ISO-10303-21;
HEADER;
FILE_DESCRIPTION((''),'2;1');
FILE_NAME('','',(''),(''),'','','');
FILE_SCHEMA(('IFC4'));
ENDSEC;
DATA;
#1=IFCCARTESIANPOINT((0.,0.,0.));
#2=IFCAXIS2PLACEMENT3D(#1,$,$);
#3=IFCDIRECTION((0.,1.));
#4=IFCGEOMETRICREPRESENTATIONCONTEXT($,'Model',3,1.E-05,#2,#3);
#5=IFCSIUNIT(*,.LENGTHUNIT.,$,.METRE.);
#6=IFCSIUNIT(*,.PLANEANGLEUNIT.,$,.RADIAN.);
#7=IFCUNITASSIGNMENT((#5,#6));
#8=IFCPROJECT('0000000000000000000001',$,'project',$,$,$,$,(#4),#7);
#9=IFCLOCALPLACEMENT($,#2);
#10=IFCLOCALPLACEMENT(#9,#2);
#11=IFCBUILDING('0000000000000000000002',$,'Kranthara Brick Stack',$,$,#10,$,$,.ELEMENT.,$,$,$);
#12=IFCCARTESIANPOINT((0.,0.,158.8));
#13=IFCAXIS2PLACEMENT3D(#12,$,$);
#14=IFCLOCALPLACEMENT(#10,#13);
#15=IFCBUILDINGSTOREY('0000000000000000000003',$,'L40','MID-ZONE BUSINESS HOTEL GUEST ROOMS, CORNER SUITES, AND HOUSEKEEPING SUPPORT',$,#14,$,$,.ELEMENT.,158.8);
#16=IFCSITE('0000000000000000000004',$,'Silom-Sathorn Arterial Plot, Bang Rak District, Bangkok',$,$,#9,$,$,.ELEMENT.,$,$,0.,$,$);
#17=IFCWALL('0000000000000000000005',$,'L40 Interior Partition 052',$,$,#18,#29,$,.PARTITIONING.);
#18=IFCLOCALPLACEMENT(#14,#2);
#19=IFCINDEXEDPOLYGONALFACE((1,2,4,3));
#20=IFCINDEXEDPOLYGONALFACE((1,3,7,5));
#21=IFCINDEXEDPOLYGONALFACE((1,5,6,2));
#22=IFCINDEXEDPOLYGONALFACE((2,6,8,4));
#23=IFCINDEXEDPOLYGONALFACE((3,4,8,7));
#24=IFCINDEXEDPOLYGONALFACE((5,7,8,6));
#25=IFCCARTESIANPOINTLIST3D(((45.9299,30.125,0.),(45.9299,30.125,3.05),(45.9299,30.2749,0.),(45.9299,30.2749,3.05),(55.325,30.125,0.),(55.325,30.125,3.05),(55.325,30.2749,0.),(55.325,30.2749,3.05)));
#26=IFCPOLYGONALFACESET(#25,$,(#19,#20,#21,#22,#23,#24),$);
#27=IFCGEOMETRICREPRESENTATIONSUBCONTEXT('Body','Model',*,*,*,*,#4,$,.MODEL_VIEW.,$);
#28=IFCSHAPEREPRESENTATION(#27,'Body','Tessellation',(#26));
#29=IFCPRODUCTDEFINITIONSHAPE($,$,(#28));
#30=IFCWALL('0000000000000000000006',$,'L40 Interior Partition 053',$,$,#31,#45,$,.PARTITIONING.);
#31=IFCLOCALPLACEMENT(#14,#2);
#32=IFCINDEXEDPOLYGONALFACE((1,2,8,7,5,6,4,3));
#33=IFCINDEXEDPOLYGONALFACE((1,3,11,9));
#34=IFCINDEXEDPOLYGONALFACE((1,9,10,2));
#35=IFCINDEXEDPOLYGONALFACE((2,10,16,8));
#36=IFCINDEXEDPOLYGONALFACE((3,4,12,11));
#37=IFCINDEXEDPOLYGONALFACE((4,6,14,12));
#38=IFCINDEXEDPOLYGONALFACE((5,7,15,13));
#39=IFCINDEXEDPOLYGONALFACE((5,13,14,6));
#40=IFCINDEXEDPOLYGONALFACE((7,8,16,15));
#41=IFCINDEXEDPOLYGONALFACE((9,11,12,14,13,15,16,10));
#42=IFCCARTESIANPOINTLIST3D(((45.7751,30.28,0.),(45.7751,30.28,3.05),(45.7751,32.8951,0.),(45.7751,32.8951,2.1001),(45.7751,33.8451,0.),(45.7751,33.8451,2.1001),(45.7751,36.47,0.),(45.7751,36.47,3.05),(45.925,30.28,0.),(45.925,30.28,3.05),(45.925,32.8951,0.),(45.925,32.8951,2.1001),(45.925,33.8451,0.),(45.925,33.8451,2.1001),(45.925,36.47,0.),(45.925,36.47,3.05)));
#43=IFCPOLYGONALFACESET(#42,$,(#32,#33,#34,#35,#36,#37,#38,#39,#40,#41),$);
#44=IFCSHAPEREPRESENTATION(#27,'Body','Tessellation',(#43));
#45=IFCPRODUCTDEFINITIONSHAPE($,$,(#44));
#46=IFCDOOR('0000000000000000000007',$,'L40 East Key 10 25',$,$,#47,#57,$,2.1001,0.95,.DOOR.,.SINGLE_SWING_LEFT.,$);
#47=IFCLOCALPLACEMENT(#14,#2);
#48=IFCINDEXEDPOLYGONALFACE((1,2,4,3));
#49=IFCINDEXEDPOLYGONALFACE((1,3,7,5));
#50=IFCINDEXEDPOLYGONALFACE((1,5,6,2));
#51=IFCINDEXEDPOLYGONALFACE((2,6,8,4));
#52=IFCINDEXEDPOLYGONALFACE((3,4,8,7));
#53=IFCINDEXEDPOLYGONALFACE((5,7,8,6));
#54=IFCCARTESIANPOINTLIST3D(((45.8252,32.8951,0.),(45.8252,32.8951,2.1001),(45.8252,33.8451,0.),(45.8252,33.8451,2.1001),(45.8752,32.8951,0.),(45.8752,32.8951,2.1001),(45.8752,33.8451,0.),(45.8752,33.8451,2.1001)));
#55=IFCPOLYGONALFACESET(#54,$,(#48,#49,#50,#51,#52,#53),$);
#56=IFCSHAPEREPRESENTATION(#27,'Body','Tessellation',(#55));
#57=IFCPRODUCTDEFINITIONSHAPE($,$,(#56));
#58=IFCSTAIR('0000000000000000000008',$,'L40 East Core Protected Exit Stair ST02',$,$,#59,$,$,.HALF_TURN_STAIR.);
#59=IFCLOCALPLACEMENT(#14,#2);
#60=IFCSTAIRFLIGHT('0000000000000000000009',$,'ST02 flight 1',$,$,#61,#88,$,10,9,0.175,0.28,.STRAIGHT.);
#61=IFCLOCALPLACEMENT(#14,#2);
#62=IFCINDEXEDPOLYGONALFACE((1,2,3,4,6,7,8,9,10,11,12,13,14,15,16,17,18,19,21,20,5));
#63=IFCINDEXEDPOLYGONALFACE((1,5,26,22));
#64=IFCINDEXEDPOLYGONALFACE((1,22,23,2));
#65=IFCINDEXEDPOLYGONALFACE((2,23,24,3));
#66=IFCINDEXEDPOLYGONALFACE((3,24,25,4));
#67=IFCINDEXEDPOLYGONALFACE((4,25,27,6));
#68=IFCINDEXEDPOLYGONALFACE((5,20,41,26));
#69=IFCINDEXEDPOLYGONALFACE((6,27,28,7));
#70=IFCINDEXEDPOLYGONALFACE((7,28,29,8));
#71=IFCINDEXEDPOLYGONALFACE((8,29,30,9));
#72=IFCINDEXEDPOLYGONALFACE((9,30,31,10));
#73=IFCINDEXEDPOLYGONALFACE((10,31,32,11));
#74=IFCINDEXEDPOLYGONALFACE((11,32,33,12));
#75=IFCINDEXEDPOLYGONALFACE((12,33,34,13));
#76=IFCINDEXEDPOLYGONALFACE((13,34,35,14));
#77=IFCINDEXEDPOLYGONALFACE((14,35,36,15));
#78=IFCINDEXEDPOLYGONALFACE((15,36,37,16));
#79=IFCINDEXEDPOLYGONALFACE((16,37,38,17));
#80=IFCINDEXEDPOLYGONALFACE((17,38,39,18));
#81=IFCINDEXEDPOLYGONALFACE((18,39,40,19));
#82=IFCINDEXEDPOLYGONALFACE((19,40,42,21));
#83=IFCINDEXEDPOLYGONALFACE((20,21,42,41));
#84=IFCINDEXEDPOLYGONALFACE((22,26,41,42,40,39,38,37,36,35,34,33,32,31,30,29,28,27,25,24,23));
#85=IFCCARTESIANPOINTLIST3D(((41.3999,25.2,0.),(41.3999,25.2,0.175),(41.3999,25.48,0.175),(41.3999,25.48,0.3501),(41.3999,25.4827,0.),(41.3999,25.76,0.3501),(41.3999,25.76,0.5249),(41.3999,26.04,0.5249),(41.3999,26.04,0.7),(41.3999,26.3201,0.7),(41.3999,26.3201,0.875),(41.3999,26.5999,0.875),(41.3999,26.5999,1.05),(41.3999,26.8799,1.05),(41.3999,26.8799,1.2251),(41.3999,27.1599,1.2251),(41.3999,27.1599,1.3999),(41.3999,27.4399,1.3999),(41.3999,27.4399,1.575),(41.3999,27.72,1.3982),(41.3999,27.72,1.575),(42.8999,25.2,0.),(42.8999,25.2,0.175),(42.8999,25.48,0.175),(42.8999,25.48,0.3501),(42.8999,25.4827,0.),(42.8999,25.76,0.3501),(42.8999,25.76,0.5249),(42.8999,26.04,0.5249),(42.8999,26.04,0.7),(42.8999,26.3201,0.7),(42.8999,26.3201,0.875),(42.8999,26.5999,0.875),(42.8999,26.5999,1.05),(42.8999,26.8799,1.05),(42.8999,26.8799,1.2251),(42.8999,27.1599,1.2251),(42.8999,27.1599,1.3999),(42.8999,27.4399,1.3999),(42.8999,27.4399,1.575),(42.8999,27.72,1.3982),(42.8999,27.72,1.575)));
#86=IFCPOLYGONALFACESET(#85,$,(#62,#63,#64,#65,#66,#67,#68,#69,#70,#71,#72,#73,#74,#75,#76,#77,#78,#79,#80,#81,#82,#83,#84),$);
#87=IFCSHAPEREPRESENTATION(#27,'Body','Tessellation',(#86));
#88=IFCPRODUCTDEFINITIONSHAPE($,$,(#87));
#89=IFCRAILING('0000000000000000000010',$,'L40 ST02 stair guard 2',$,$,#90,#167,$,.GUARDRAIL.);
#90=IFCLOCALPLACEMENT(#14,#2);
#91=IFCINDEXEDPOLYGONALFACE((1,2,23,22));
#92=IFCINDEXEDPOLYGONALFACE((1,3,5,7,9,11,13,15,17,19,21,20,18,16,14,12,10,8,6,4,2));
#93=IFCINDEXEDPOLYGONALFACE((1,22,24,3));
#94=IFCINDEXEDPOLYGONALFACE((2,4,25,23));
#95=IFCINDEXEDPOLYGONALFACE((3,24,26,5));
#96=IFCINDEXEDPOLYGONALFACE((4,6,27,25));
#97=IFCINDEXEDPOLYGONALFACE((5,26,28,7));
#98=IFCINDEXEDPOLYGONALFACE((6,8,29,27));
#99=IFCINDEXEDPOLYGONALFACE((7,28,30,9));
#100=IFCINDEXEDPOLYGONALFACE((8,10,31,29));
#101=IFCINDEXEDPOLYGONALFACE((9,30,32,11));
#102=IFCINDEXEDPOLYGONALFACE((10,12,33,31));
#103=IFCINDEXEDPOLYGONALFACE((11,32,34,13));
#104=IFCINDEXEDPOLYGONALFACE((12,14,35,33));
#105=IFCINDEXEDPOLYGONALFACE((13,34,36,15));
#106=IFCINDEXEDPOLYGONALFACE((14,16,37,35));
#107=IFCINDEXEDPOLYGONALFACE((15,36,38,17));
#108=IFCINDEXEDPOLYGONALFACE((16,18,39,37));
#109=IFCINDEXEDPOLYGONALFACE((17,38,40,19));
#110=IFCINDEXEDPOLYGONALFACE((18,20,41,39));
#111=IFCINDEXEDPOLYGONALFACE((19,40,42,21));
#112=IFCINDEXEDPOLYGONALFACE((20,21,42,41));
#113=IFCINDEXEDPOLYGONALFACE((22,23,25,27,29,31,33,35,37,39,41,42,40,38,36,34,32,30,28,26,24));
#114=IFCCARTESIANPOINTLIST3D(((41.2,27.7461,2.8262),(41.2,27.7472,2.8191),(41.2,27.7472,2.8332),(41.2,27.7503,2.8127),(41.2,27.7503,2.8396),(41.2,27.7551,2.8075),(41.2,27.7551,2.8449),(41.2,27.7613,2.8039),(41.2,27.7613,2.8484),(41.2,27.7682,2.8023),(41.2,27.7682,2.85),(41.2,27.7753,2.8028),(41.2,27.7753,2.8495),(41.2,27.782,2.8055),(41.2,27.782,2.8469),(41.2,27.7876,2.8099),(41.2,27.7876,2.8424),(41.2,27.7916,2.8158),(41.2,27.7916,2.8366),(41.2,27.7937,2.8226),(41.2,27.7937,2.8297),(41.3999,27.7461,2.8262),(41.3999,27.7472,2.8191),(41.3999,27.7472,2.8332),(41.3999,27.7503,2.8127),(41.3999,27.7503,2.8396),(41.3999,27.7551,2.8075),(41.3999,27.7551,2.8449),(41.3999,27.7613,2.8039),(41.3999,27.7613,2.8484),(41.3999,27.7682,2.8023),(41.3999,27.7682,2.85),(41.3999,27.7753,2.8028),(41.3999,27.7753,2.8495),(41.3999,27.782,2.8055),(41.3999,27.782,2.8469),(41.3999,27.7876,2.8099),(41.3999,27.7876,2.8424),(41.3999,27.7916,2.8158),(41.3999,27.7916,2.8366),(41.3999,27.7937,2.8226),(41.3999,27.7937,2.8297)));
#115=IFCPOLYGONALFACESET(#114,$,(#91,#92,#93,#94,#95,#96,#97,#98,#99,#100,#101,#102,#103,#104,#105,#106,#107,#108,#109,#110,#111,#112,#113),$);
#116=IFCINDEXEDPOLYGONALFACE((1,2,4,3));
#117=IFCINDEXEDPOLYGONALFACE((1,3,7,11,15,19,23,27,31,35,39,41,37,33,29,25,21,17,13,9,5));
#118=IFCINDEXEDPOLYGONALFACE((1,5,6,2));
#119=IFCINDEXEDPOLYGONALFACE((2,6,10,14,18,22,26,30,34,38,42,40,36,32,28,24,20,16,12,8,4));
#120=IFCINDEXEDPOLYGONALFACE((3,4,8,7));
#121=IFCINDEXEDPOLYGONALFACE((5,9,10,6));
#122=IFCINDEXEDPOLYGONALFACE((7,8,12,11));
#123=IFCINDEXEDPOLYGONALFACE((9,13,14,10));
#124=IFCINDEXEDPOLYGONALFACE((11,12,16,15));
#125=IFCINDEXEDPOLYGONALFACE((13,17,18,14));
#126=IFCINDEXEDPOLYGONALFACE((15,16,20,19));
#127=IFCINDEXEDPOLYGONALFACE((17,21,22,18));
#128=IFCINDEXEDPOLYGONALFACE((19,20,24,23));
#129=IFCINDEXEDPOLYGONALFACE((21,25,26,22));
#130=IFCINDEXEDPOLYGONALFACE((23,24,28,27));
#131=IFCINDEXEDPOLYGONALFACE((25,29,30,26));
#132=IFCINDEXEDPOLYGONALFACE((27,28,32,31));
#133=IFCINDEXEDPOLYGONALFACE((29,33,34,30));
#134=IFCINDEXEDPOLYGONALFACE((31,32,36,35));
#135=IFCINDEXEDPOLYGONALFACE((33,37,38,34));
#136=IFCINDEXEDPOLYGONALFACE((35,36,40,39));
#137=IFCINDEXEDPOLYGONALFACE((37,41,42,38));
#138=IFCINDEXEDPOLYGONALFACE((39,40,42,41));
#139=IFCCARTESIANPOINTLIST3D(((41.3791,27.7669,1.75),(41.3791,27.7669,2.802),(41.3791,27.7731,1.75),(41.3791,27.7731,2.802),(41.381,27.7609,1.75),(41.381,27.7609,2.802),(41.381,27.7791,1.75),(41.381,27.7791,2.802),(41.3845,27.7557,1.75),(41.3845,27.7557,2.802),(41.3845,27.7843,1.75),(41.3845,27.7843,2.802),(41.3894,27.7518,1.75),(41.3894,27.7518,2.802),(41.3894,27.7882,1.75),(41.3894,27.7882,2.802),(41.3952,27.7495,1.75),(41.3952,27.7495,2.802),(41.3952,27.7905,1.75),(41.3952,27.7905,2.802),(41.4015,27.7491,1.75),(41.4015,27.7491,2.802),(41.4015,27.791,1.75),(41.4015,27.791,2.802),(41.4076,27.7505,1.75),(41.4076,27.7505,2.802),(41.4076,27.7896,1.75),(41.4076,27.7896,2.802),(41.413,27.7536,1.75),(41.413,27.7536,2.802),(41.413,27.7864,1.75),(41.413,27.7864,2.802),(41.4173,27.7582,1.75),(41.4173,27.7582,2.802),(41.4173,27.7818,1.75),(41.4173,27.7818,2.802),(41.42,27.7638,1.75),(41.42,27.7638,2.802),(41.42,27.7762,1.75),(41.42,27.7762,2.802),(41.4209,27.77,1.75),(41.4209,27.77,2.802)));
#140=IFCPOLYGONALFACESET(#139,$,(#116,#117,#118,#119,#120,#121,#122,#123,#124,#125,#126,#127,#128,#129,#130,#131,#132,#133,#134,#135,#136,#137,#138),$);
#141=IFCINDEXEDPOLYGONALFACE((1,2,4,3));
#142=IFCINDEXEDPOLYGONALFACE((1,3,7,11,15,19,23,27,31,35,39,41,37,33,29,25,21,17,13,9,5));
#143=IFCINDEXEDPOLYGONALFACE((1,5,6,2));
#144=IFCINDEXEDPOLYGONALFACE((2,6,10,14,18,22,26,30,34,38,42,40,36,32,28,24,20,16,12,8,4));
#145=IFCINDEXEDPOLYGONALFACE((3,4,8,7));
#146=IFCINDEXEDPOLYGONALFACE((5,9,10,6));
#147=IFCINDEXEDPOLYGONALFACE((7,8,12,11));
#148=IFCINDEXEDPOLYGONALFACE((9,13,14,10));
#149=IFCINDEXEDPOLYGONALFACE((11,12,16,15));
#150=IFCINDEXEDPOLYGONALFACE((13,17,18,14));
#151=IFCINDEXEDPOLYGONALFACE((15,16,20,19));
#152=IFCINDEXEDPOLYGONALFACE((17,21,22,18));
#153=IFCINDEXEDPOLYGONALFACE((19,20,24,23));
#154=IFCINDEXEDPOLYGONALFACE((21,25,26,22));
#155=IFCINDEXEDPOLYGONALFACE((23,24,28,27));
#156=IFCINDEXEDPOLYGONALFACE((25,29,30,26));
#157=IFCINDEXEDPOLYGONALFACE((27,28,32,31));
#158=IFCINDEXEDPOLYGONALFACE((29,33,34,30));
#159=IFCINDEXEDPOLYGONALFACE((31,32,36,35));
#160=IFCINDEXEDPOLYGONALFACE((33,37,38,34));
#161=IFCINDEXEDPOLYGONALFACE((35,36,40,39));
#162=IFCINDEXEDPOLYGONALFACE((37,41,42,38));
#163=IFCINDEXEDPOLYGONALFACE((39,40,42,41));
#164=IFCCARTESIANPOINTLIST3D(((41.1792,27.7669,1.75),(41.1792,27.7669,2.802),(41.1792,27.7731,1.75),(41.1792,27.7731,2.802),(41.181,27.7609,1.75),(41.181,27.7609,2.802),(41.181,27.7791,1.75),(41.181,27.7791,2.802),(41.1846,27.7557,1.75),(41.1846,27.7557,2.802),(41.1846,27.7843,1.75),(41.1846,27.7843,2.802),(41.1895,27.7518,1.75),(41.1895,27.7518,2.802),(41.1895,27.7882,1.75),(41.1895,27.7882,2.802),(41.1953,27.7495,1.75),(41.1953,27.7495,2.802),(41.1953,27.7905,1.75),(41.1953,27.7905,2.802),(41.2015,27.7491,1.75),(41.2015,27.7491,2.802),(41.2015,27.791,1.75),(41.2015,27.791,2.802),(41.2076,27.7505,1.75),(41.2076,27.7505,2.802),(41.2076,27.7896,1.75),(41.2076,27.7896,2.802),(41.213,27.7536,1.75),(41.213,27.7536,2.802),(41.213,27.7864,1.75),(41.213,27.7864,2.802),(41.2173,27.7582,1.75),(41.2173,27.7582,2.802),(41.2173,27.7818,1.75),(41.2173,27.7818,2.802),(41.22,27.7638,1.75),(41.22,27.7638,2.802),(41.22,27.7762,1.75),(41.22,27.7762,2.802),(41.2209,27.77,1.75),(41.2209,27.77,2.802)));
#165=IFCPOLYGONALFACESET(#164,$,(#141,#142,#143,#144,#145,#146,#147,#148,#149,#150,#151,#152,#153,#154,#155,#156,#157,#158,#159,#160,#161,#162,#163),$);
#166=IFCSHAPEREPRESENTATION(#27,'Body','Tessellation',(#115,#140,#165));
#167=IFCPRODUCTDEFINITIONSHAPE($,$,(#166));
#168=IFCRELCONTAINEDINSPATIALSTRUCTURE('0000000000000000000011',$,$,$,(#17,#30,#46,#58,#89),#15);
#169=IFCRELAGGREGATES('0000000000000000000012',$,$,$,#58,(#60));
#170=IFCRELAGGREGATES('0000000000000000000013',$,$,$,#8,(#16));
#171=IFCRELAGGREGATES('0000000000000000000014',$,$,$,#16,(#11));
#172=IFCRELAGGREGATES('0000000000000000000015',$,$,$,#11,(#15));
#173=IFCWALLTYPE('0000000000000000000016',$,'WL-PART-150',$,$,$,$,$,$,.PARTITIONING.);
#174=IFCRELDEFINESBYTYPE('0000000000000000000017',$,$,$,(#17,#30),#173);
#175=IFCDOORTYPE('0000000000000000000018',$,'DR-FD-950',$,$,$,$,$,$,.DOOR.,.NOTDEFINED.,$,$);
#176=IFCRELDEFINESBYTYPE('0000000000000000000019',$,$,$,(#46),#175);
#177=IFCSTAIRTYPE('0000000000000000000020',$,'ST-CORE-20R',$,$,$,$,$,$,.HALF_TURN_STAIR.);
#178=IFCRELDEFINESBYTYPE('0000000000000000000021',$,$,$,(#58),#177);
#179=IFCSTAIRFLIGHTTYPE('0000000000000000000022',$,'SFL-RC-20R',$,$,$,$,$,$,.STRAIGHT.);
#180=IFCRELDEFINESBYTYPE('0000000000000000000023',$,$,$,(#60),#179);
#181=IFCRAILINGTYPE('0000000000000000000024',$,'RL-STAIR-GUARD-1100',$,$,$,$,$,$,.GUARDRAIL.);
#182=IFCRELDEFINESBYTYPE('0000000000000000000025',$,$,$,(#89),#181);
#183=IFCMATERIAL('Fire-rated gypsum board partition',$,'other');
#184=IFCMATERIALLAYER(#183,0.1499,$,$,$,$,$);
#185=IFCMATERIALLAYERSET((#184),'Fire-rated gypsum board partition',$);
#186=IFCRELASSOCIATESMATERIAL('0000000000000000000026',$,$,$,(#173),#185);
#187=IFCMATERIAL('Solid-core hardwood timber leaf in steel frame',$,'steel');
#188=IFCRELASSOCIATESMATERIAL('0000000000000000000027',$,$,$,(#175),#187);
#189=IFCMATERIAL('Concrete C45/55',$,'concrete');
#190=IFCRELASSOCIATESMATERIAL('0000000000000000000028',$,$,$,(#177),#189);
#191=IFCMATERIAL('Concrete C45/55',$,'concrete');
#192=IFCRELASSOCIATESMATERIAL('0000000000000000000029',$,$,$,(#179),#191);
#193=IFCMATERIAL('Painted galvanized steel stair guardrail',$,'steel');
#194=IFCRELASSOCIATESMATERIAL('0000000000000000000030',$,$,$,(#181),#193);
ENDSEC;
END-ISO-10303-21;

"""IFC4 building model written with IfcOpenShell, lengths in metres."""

from ifc_helpers import new_model, si_unit, direction, frame, frame_2d, origin, origin_2d, place, context, subcontext, project, spatial, polyline, rectangle, circle, outline, extrude, material, layer, layer_set, type_object, element, fill, aggregate, save


model = new_model("IFC4")

# Units and contexts
model_context = context("Model", 3, precision=1e-05, world=origin(), true_north=direction((0.0, 1.0)))
body_context = subcontext(model_context, "Body", "Model", "MODEL_VIEW")
ifc_project = project(units=[si_unit("LENGTHUNIT", "METRE"), si_unit("PLANEANGLEUNIT", "RADIAN")], contexts=[model_context])

# Site, building, storey
site_placement = place(None, origin())
site = spatial("IfcSite", under=ifc_project, at=site_placement, Name="Silom-Sathorn Arterial Plot, Bang Rak District, Bangkok", CompositionType="ELEMENT", RefElevation=0.0)
building_placement = place(site_placement, origin())
building = spatial("IfcBuilding", under=site, at=building_placement, Name="Kranthara Brick Stack", CompositionType="ELEMENT")
storey_placement = place(building_placement, frame((0.0, 0.0, 158.8)))
storey = spatial("IfcBuildingStorey", under=building, at=storey_placement, Name="L40", Description="MID-ZONE BUSINESS HOTEL GUEST ROOMS, CORNER SUITES, AND HOUSEKEEPING SUPPORT", CompositionType="ELEMENT", Elevation=158.8)

# Wall
ifc_material_1 = material(Name="Fire-rated gypsum board partition", Category="other")
ifc_layer_1 = layer(ifc_material_1, 0.1499)
ifc_layer_set_1 = layer_set([ifc_layer_1], Name="Fire-rated gypsum board partition")
wall_type_1 = type_object("IfcWallType", Name="WL-PART-150", PredefinedType="PARTITIONING", material=ifc_layer_set_1)
wall_1_placement = place(storey_placement, frame((45.9299, 30.2, 0.0), z_axis=(0.0, 0.0, 1.0), x_axis=(1.0, 0.0, 0.0)))
element("IfcWall", 1, at=wall_1_placement, inside=storey, type_object=wall_type_1, Name="L40 Interior Partition 052", PredefinedType="PARTITIONING", context=body_context, shape_type="SweptSolid", body=[
    extrude(rectangle(XDim=9.395, YDim=0.1499, at=frame_2d((4.6975, 0.0))), origin(), (0.0, 0.0, 1.0), 3.05),
])

# Wall, opening, door
wall_2_placement = place(storey_placement, frame((45.8501, 30.28, 0.0), z_axis=(0.0, 0.0, 1.0), x_axis=(0.0, 1.0, 0.0)))
wall_2 = element("IfcWall", 2, at=wall_2_placement, inside=storey, type_object=wall_type_1, Name="L40 Interior Partition 053", PredefinedType="PARTITIONING", context=body_context, shape_type="SweptSolid", body=[
    extrude(rectangle(XDim=6.1899, YDim=0.1499, at=frame_2d((3.095, 0.0))), origin(), (0.0, 0.0, 1.0), 3.05),
])
opening_1_placement = place(wall_2_placement, frame((2.615, 0.0, 0.0)))
opening_1 = element("IfcOpeningElement", 3, at=opening_1_placement, cuts=wall_2, PredefinedType="OPENING", context=body_context, shape_type="SweptSolid", body=[
    extrude(rectangle(XDim=0.95, YDim=2.1001, at=frame_2d((0.4751, 1.05))), frame((0.0, 0.085, 0.0), z_axis=(0.0, -1.0, 0.0), x_axis=(1.0, 0.0, 0.0)), (0.0, 0.0, 1.0), 0.1699),
])
ifc_material_2 = material(Name="Solid-core hardwood timber leaf in steel frame", Category="steel")
door_type_1 = type_object("IfcDoorType", Name="DR-FD-950", OperationType="NOTDEFINED", PredefinedType="DOOR", material=ifc_material_2)
door_1_placement = place(opening_1_placement, origin())
door_1 = element("IfcDoor", 4, at=door_1_placement, inside=storey, type_object=door_type_1, Name="L40 East Key 10 25", OperationType="SINGLE_SWING_LEFT", OverallHeight=2.1001, OverallWidth=0.95, PredefinedType="DOOR", context=body_context, shape_type="SweptSolid", body=[
    extrude(rectangle(XDim=0.95, YDim=2.1001, at=frame_2d((0.4751, 1.05))), frame((0.0, 0.0249, 0.0), z_axis=(0.0, -1.0, 0.0), x_axis=(1.0, 0.0, 0.0)), (0.0, 0.0, 1.0), 0.05),
])
fill(opening_1, door_1)

# Stair, stair flight
ifc_material_3 = material(Name="Concrete C45/55", Category="concrete")
stair_type = type_object("IfcStairType", Name="ST-CORE-20R", PredefinedType="HALF_TURN_STAIR", material=ifc_material_3)
stair_placement = place(storey_placement, origin())
stair = element("IfcStair", 5, at=stair_placement, inside=storey, type_object=stair_type, Name="L40 East Core Protected Exit Stair ST02", PredefinedType="HALF_TURN_STAIR")
ifc_material_4 = material(Name="Concrete C45/55", Category="concrete")
stair_flight_type = type_object("IfcStairFlightType", Name="SFL-RC-20R", PredefinedType="STRAIGHT", material=ifc_material_4)
stair_flight_placement = place(storey_placement, frame((42.1499, 25.2, 0.0), z_axis=(0.0, 0.0, 1.0), x_axis=(0.0, 1.0, 0.0)))
stair_flight = element("IfcStairFlight", 6, at=stair_flight_placement, type_object=stair_flight_type, Name="ST02 flight 1", NumberOfRisers=10, NumberOfTreads=9, PredefinedType="STRAIGHT", RiserHeight=0.175, TreadLength=0.28, context=body_context, shape_type="SweptSolid", body=[
    extrude(outline(polyline([(0.0, 0.0), (0.0, 0.175), (0.28, 0.175), (0.28, 0.3501), (0.5601, 0.3501), (0.5601, 0.5249), (0.8401, 0.5249), (0.8401, 0.7), (1.1201, 0.7), (1.1201, 0.875), (1.3999, 0.875), (1.3999, 1.05), (1.6799, 1.05), (1.6799, 1.2251), (1.96, 1.2251), (1.96, 1.3999), (2.24, 1.3999), (2.24, 1.575), (2.52, 1.575), (2.52, 1.75), (2.52, 1.3982), (0.2827, 0.0), (0.0, 0.0)])), frame((0.0, 0.75, 0.0), z_axis=(0.0, -1.0, 0.0), x_axis=(1.0, 0.0, 0.0)), (0.0, 0.0, 1.0), 1.5),
])
aggregate(stair, [stair_flight])

# Railing
ifc_material_5 = material(Name="Painted galvanized steel stair guardrail", Category="steel")
railing_type_1 = type_object("IfcRailingType", Name="RL-STAIR-GUARD-1100", PredefinedType="GUARDRAIL", material=ifc_material_5)
railing_1_placement = place(storey_placement, frame((41.3999, 27.77, 1.75)))
element("IfcRailing", 7, at=railing_1_placement, inside=storey, type_object=railing_type_1, Name="L40 ST02 stair guard 2", PredefinedType="GUARDRAIL", context=body_context, shape_type="SweptSolid", body=[
    extrude(circle(Radius=0.0239, at=origin_2d()), frame((0.0, 0.0, 1.0762), z_axis=(-1.0, 0.0, 0.0), x_axis=(0.0, -1.0, 0.0)), (0.0, 0.0, 1.0), 0.2),
    extrude(circle(Radius=0.021, at=origin_2d()), origin(), (0.0, 0.0, 1.0), 1.052),
    extrude(circle(Radius=0.021, at=origin_2d()), frame((-0.2, 0.0, 0.0)), (0.0, 0.0, 1.0), 1.052),
])

save(model, "model.ifc")
